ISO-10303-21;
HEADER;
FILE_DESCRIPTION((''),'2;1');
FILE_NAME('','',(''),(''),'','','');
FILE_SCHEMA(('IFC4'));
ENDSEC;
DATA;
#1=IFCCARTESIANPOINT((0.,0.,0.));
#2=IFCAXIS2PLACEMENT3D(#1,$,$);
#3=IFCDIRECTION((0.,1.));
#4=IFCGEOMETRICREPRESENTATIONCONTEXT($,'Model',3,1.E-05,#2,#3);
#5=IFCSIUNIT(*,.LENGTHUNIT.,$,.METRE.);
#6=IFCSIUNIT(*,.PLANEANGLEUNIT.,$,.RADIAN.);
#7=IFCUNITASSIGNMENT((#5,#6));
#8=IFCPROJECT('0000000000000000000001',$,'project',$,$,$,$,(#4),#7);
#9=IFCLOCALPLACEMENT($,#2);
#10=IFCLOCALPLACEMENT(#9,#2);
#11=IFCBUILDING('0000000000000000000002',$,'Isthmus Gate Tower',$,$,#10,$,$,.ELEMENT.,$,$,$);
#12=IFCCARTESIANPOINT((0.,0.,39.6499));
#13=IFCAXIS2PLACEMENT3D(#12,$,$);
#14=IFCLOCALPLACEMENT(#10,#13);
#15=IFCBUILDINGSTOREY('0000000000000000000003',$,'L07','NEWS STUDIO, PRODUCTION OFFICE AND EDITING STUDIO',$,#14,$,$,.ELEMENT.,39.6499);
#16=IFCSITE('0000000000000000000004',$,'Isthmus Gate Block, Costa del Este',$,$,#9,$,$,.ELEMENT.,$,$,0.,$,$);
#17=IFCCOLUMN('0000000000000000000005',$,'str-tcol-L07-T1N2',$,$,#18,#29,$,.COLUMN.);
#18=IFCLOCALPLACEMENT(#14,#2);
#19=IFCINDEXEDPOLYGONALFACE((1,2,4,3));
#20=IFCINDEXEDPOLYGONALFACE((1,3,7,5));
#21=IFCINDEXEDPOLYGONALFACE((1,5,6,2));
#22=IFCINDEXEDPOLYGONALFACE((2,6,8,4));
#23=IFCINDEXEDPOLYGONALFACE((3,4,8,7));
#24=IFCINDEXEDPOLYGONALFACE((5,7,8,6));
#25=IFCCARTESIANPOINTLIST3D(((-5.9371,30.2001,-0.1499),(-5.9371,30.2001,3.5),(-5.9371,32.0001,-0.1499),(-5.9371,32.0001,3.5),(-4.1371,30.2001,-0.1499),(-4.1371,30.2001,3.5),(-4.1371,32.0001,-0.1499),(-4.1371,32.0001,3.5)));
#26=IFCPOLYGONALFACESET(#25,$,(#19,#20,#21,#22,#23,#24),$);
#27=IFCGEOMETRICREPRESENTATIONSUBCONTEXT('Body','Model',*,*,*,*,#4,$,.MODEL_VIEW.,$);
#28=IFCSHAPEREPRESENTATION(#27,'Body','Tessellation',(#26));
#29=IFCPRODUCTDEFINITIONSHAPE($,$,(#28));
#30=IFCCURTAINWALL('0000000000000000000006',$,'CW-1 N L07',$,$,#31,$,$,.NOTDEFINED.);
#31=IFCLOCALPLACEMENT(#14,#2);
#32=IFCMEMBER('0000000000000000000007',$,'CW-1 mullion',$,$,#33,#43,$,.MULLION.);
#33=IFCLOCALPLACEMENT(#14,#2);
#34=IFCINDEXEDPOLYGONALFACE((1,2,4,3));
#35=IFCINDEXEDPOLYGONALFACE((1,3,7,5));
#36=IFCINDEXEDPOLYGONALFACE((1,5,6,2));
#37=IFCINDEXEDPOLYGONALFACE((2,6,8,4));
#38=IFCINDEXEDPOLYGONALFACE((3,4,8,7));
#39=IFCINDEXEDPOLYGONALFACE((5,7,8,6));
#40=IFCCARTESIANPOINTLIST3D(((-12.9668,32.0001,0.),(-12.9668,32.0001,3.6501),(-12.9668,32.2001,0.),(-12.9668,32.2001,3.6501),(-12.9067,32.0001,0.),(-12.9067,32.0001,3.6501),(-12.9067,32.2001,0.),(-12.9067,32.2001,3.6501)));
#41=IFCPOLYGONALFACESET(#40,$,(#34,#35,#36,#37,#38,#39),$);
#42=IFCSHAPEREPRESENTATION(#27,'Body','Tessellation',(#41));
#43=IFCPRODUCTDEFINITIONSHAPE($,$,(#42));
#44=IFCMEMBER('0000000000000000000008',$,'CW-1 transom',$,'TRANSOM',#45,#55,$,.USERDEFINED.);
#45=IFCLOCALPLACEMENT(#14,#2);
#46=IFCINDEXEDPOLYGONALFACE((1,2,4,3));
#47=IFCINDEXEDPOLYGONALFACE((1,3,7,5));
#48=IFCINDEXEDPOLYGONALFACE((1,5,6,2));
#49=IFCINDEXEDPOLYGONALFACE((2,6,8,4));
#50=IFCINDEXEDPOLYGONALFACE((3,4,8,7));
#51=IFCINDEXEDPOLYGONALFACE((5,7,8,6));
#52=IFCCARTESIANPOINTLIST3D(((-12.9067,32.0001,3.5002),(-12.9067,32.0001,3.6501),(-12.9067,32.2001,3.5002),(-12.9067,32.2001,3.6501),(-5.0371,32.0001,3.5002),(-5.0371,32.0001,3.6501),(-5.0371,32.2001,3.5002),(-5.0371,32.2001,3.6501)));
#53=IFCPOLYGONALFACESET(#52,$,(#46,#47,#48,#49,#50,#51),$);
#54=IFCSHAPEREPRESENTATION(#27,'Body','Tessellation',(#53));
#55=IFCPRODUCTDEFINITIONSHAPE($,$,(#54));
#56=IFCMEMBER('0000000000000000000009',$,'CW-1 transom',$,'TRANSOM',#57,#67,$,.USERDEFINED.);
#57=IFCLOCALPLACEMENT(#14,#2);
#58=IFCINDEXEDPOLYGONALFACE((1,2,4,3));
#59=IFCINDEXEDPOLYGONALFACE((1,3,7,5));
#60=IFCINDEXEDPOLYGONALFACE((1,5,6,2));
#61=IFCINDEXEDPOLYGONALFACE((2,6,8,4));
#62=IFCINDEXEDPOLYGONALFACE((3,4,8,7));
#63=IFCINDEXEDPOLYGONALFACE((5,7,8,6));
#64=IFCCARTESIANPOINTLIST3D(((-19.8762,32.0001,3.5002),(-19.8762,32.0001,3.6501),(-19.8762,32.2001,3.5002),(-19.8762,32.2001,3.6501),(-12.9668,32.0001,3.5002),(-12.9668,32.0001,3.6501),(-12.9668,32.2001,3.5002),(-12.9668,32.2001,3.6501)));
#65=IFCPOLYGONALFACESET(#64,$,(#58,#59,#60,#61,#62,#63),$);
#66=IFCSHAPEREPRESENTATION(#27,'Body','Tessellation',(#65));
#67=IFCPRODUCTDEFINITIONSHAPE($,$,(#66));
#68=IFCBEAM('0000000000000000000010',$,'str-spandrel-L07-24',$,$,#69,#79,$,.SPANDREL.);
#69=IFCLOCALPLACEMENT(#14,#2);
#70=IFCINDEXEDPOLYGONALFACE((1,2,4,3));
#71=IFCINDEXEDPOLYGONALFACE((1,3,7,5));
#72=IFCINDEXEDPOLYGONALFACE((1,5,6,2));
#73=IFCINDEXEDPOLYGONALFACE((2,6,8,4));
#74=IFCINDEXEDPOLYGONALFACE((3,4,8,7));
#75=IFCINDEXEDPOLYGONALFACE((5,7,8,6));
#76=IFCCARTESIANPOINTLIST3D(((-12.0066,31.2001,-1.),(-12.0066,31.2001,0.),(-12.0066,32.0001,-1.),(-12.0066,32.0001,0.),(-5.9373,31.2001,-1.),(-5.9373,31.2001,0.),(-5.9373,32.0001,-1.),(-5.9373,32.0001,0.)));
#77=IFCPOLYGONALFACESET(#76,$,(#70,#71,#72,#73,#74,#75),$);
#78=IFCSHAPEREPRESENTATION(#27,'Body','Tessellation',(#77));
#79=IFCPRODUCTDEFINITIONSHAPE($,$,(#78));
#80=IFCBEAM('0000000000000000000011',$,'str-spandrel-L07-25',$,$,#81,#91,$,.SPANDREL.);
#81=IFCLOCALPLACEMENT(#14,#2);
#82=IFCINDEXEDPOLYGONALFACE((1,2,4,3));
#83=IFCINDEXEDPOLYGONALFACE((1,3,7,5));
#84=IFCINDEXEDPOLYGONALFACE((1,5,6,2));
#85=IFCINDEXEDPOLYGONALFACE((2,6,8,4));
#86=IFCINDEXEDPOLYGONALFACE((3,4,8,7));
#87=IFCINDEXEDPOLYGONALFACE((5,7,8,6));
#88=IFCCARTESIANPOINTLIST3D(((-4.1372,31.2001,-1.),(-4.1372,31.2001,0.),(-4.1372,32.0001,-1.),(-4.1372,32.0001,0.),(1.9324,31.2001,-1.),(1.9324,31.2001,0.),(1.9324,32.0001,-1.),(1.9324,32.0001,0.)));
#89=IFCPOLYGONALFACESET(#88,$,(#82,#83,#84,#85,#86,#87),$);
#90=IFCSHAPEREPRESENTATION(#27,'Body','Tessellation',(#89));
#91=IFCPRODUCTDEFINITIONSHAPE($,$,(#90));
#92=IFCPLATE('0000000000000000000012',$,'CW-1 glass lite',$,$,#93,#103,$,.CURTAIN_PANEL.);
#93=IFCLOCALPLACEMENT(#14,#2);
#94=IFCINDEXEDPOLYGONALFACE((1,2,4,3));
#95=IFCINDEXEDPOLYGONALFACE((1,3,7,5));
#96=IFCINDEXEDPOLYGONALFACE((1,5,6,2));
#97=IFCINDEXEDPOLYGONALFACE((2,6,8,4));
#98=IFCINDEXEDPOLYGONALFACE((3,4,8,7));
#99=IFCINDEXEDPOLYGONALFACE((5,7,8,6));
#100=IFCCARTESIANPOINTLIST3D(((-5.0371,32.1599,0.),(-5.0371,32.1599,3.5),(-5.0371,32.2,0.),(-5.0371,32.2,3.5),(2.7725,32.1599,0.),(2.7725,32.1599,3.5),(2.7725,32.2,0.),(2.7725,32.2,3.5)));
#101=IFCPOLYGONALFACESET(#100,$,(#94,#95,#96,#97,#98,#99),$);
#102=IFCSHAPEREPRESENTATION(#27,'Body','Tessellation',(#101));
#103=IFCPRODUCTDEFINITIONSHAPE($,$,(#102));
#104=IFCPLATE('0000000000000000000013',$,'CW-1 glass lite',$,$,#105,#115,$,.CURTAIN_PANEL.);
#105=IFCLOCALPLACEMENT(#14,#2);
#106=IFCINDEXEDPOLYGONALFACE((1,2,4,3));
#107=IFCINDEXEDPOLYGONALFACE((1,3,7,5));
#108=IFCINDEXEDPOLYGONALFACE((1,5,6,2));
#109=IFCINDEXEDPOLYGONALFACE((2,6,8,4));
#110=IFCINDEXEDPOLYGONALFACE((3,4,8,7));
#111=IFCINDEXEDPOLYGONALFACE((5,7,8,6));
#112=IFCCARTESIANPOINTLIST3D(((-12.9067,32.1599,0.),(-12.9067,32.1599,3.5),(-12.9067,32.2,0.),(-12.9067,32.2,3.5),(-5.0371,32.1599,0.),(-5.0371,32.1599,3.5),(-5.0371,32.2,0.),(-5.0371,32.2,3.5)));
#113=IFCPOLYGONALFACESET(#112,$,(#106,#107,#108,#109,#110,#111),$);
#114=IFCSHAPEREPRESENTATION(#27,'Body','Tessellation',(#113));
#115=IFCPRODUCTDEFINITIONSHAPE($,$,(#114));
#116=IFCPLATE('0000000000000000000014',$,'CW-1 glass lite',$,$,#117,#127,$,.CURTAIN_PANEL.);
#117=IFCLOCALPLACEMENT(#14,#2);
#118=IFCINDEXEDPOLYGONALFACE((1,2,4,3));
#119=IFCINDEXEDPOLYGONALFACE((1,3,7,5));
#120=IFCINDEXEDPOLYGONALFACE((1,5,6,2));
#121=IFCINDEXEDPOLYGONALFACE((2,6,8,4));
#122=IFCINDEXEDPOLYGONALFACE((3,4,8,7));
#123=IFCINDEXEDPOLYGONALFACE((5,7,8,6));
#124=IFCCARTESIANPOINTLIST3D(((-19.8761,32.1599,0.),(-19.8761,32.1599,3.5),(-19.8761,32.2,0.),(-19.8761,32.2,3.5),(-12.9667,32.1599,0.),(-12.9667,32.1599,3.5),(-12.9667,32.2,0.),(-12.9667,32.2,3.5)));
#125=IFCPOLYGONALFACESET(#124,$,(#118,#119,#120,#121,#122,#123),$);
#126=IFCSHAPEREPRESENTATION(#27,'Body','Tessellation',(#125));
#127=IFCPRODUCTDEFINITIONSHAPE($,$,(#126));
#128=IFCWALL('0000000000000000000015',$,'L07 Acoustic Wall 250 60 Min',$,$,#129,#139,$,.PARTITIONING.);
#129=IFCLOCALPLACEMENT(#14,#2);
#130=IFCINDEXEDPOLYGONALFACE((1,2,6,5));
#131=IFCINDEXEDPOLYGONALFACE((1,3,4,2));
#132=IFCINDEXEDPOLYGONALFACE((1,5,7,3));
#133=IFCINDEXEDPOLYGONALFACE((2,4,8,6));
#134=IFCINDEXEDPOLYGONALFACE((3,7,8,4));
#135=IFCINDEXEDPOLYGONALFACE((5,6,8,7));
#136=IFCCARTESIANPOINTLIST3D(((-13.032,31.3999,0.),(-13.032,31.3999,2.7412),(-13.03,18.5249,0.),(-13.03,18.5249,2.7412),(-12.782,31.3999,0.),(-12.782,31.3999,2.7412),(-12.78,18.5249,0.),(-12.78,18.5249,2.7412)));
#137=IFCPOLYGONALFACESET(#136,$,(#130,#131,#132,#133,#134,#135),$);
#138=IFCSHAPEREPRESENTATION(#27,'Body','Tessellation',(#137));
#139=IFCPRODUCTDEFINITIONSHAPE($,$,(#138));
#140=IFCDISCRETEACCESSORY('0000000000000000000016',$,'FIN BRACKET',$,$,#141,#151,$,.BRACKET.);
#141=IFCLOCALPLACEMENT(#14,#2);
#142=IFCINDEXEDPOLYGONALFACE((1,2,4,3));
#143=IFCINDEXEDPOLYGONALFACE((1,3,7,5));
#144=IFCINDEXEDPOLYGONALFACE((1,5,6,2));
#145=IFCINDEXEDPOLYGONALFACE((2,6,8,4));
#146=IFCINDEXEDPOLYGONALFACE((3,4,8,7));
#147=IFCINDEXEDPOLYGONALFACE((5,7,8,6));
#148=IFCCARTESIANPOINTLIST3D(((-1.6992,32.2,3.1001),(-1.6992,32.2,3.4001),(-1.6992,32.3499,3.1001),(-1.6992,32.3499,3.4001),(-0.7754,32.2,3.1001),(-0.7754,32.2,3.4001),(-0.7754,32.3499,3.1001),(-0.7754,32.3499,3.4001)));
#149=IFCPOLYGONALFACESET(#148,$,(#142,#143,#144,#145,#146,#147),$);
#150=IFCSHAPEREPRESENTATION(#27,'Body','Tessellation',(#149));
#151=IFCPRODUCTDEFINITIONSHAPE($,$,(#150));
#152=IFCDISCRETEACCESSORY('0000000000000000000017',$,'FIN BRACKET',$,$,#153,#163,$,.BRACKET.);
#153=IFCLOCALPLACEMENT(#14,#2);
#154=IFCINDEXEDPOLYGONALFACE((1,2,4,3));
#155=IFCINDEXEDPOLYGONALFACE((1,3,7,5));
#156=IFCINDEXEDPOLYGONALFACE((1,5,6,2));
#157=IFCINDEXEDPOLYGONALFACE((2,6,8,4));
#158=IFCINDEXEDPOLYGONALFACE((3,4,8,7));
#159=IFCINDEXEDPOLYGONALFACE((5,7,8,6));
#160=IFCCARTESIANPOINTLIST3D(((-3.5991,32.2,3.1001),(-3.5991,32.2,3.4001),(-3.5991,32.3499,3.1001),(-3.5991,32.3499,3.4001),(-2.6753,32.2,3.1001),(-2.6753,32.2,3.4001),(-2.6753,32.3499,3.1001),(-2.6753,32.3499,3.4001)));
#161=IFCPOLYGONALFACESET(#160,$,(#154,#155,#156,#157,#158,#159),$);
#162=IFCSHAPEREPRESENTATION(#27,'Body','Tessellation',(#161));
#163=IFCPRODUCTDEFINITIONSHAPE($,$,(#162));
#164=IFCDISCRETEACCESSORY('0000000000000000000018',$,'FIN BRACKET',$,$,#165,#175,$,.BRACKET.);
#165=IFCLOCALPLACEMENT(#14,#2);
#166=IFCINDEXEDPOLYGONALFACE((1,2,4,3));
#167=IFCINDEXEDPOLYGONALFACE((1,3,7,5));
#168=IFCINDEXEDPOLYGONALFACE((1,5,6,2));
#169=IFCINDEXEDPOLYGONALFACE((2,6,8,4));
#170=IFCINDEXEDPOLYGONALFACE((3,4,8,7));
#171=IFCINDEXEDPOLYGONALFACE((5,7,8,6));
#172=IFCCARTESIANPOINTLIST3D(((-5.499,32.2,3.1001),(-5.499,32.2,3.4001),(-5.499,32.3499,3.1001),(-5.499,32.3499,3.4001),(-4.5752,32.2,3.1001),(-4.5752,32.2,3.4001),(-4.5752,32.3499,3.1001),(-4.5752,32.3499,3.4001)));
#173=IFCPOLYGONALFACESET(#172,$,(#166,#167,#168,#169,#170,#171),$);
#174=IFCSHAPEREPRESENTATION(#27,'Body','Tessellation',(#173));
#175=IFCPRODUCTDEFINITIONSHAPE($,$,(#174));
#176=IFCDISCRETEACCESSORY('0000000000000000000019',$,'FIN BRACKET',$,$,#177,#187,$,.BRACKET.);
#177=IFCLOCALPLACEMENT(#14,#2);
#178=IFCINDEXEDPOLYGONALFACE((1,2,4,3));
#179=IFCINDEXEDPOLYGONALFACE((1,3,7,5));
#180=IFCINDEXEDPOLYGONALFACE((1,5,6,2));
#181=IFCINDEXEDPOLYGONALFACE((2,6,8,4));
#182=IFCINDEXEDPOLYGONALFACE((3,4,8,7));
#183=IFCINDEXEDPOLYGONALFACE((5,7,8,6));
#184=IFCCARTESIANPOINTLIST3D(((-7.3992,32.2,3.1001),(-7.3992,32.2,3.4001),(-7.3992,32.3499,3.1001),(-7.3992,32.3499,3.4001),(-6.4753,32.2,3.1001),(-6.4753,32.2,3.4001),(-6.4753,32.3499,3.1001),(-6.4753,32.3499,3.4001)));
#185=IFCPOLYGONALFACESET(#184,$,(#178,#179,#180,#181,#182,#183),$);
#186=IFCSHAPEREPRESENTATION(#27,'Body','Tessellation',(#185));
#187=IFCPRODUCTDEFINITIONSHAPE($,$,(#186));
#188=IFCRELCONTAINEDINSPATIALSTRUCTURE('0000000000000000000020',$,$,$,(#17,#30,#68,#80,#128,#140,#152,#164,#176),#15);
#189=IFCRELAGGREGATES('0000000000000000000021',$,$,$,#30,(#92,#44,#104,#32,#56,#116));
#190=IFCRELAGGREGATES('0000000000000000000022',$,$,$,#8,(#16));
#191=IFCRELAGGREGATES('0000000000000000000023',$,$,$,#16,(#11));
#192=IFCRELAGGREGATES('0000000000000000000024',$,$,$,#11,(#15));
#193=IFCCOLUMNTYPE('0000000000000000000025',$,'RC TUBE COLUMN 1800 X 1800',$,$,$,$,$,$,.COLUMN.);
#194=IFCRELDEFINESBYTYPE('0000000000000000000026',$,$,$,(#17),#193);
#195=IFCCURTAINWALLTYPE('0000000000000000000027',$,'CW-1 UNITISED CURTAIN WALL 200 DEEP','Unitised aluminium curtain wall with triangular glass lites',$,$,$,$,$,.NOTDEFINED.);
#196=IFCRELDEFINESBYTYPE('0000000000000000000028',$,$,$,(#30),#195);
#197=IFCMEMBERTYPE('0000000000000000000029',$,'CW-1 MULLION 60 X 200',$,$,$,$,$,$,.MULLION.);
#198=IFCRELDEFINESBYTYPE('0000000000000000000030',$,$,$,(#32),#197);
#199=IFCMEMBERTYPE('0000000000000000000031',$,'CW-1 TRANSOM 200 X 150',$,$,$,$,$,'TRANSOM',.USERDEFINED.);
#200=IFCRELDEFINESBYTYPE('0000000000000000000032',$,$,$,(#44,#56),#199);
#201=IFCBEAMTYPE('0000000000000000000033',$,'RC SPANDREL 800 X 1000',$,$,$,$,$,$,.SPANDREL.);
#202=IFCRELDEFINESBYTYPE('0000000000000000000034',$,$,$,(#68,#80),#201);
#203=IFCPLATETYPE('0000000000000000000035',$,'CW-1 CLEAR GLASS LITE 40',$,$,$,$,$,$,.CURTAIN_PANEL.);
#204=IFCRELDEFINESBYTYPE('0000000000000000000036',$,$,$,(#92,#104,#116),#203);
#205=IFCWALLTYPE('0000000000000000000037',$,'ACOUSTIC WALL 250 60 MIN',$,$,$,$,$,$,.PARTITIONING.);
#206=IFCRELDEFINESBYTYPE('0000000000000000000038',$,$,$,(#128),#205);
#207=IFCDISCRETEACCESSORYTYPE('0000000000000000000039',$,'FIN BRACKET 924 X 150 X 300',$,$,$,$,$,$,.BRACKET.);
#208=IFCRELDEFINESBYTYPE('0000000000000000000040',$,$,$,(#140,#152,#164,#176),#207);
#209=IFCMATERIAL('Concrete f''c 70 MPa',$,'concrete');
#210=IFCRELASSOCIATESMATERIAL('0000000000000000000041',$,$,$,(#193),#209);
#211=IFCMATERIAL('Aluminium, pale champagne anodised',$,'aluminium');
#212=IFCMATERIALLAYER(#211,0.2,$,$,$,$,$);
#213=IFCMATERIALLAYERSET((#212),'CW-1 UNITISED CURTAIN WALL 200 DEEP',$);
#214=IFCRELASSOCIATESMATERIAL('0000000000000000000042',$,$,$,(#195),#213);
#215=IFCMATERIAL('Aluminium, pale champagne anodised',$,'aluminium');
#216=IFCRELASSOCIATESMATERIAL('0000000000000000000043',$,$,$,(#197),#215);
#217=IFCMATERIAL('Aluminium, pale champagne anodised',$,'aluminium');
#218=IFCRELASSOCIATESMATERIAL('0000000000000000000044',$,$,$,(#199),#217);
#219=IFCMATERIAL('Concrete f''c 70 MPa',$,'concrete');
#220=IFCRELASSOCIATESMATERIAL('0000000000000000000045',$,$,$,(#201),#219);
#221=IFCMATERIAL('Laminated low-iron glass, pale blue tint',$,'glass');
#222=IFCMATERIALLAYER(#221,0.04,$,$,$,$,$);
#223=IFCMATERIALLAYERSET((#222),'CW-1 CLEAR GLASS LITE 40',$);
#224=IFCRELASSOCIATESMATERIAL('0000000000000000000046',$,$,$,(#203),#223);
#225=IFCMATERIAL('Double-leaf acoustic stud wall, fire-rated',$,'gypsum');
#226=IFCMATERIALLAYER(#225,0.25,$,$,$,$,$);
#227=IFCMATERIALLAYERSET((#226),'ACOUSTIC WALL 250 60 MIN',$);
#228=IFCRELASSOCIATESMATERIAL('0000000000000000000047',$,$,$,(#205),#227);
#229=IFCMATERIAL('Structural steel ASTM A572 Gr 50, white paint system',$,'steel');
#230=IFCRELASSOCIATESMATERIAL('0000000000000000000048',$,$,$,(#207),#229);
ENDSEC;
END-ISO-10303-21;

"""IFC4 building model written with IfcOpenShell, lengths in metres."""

from ifc_helpers import new_model, si_unit, direction, frame, frame_2d, origin, origin_2d, place, context, subcontext, project, spatial, rectangle, extrude, material, layer, layer_set, material_profile, profile_set, type_object, element, aggregate, save


model = new_model("IFC4")

# Units and contexts
model_context = context("Model", 3, precision=1e-05, world=origin(), true_north=direction((0.0, 1.0)))
body_context = subcontext(model_context, "Body", "Model", "MODEL_VIEW")
ifc_project = project(units=[si_unit("LENGTHUNIT", "METRE"), si_unit("PLANEANGLEUNIT", "RADIAN")], contexts=[model_context])

# Site, building, storey
site_placement = place(None, origin())
site = spatial("IfcSite", under=ifc_project, at=site_placement, Name="Isthmus Gate Block, Costa del Este", CompositionType="ELEMENT", RefElevation=0.0)
building_placement = place(site_placement, origin())
building = spatial("IfcBuilding", under=site, at=building_placement, Name="Isthmus Gate Tower", CompositionType="ELEMENT")
storey_placement = place(building_placement, frame((0.0, 0.0, 39.6499)))
storey = spatial("IfcBuildingStorey", under=building, at=storey_placement, Name="L07", Description="NEWS STUDIO, PRODUCTION OFFICE AND EDITING STUDIO", CompositionType="ELEMENT", Elevation=39.6499)

# Column
ifc_material_1 = material(Name="Concrete f'c 70 MPa", Category="concrete")
ifc_material_profile_1 = material_profile(ifc_material_1, rectangle(XDim=1.8, YDim=1.8, at=origin_2d()), Name="RC 1800X1800")
ifc_profile_set_1 = profile_set([ifc_material_profile_1], Name="Concrete f'c 70 MPa")
column_type = type_object("IfcColumnType", Name="RC TUBE COLUMN 1800 X 1800", PredefinedType="COLUMN", material=ifc_profile_set_1)
column_placement = place(storey_placement, frame((-5.0371, 31.1001, -0.1499), z_axis=(0.0, 0.0, 1.0), x_axis=(-1.0, 0.0, 0.0)))
element("IfcColumn", 1, at=column_placement, inside=storey, type_object=column_type, Name="str-tcol-L07-T1N2", PredefinedType="COLUMN", context=body_context, shape_type="SweptSolid", body=[
    extrude(rectangle(XDim=1.8, YDim=1.8, at=origin_2d()), origin(), (0.0, 0.0, 1.0), 3.6499),
])

# Curtain wall, members
ifc_material_2 = material(Name="Aluminium, pale champagne anodised", Category="aluminium")
ifc_layer_1 = layer(ifc_material_2, 0.2)
ifc_layer_set_1 = layer_set([ifc_layer_1], Name="CW-1 UNITISED CURTAIN WALL 200 DEEP")
curtain_wall_type = type_object("IfcCurtainWallType", Name="CW-1 UNITISED CURTAIN WALL 200 DEEP", Description="Unitised aluminium curtain wall with triangular glass lites", PredefinedType="NOTDEFINED", material=ifc_layer_set_1)
curtain_wall_placement = place(storey_placement, origin())
curtain_wall = element("IfcCurtainWall", 2, at=curtain_wall_placement, inside=storey, type_object=curtain_wall_type, Name="CW-1 N L07", PredefinedType="NOTDEFINED")
ifc_material_3 = material(Name="Aluminium, pale champagne anodised", Category="aluminium")
ifc_material_profile_2 = material_profile(ifc_material_3, rectangle(XDim=0.0601, YDim=0.2, at=origin_2d()), Name="60x200")
ifc_profile_set_2 = profile_set([ifc_material_profile_2], Name="Aluminium, pale champagne anodised")
member_type_1 = type_object("IfcMemberType", Name="CW-1 MULLION 60 X 200", PredefinedType="MULLION", material=ifc_profile_set_2)
member_1_placement = place(storey_placement, frame((-12.9368, 32.1001, 0.0), z_axis=(0.0, 0.0, 1.0), x_axis=(-1.0, 0.0, 0.0)))
member_1 = element("IfcMember", 3, at=member_1_placement, type_object=member_type_1, Name="CW-1 mullion", PredefinedType="MULLION", context=body_context, shape_type="SweptSolid", body=[
    extrude(rectangle(XDim=0.0601, YDim=0.2, at=origin_2d()), origin(), (0.0, 0.0, 1.0), 3.6501),
])
ifc_material_4 = material(Name="Aluminium, pale champagne anodised", Category="aluminium")
ifc_material_profile_3 = material_profile(ifc_material_4, rectangle(XDim=0.2, YDim=0.1499, at=origin_2d()), Name="200x150")
ifc_profile_set_3 = profile_set([ifc_material_profile_3], Name="Aluminium, pale champagne anodised")
member_type_2 = type_object("IfcMemberType", Name="CW-1 TRANSOM 200 X 150", ElementType="TRANSOM", PredefinedType="USERDEFINED", material=ifc_profile_set_3)
member_2_placement = place(storey_placement, frame((-5.0371, 32.1001, 3.5752), z_axis=(-1.0, 0.0, 0.0), x_axis=(0.0, -1.0, 0.0)))
member_2 = element("IfcMember", 4, at=member_2_placement, type_object=member_type_2, Name="CW-1 transom", ObjectType="TRANSOM", PredefinedType="USERDEFINED", context=body_context, shape_type="SweptSolid", body=[
    extrude(rectangle(XDim=0.2, YDim=0.1499, at=origin_2d()), origin(), (0.0, 0.0, 1.0), 7.8696),
])
member_3_placement = place(storey_placement, frame((-12.9668, 32.1001, 3.5752), z_axis=(-1.0, 0.0, 0.0), x_axis=(0.0, -1.0, 0.0)))
member_3 = element("IfcMember", 5, at=member_3_placement, type_object=member_type_2, Name="CW-1 transom", ObjectType="TRANSOM", PredefinedType="USERDEFINED", context=body_context, shape_type="SweptSolid", body=[
    extrude(rectangle(XDim=0.2, YDim=0.1499, at=origin_2d()), origin(), (0.0, 0.0, 1.0), 6.9094),
])

# Beams
ifc_material_5 = material(Name="Concrete f'c 70 MPa", Category="concrete")
ifc_material_profile_4 = material_profile(ifc_material_5, rectangle(XDim=0.8, YDim=1.0, at=origin_2d()), Name="RC 800X1000")
ifc_profile_set_4 = profile_set([ifc_material_profile_4], Name="Concrete f'c 70 MPa")
beam_type = type_object("IfcBeamType", Name="RC SPANDREL 800 X 1000", PredefinedType="SPANDREL", material=ifc_profile_set_4)
beam_1_placement = place(storey_placement, frame((-12.0066, 31.6001, -0.5), z_axis=(1.0, 0.0, 0.0), x_axis=(0.0, 1.0, 0.0)))
element("IfcBeam", 6, at=beam_1_placement, inside=storey, type_object=beam_type, Name="str-spandrel-L07-24", PredefinedType="SPANDREL", context=body_context, shape_type="SweptSolid", body=[
    extrude(rectangle(XDim=0.8, YDim=1.0, at=origin_2d()), origin(), (0.0, 0.0, 1.0), 6.0693),
])
beam_2_placement = place(storey_placement, frame((-4.1372, 31.6001, -0.5), z_axis=(1.0, 0.0, 0.0), x_axis=(0.0, 1.0, 0.0)))
element("IfcBeam", 7, at=beam_2_placement, inside=storey, type_object=beam_type, Name="str-spandrel-L07-25", PredefinedType="SPANDREL", context=body_context, shape_type="SweptSolid", body=[
    extrude(rectangle(XDim=0.8, YDim=1.0, at=origin_2d()), origin(), (0.0, 0.0, 1.0), 6.0696),
])

# Plates
ifc_material_6 = material(Name="Laminated low-iron glass, pale blue tint", Category="glass")
ifc_layer_2 = layer(ifc_material_6, 0.04)
ifc_layer_set_2 = layer_set([ifc_layer_2], Name="CW-1 CLEAR GLASS LITE 40")
plate_type = type_object("IfcPlateType", Name="CW-1 CLEAR GLASS LITE 40", PredefinedType="CURTAIN_PANEL", material=ifc_layer_set_2)
plate_1_placement = place(storey_placement, frame((-1.1323, 32.1799, 0.0), z_axis=(0.0, 0.0, 1.0), x_axis=(-1.0, 0.0, 0.0)))
plate_1 = element("IfcPlate", 8, at=plate_1_placement, type_object=plate_type, Name="CW-1 glass lite", PredefinedType="CURTAIN_PANEL", context=body_context, shape_type="SweptSolid", body=[
    extrude(rectangle(XDim=7.8096, YDim=0.04, at=origin_2d()), origin(), (0.0, 0.0, 1.0), 3.5),
])
plate_2_placement = place(storey_placement, frame((-8.9719, 32.1799, 0.0), z_axis=(0.0, 0.0, 1.0), x_axis=(-1.0, 0.0, 0.0)))
plate_2 = element("IfcPlate", 9, at=plate_2_placement, type_object=plate_type, Name="CW-1 glass lite", PredefinedType="CURTAIN_PANEL", context=body_context, shape_type="SweptSolid", body=[
    extrude(rectangle(XDim=7.8696, YDim=0.04, at=origin_2d()), origin(), (0.0, 0.0, 1.0), 3.5),
])
plate_3_placement = place(storey_placement, frame((-16.4214, 32.1799, 0.0), z_axis=(0.0, 0.0, 1.0), x_axis=(-1.0, 0.0, 0.0)))
plate_3 = element("IfcPlate", 10, at=plate_3_placement, type_object=plate_type, Name="CW-1 glass lite", PredefinedType="CURTAIN_PANEL", context=body_context, shape_type="SweptSolid", body=[
    extrude(rectangle(XDim=6.9094, YDim=0.04, at=origin_2d()), origin(), (0.0, 0.0, 1.0), 3.5),
])
aggregate(curtain_wall, [plate_1, member_2, plate_2, member_1, member_3, plate_3])

# Wall
ifc_material_7 = material(Name="Double-leaf acoustic stud wall, fire-rated", Category="gypsum")
ifc_layer_3 = layer(ifc_material_7, 0.25)
ifc_layer_set_3 = layer_set([ifc_layer_3], Name="ACOUSTIC WALL 250 60 MIN")
wall_type = type_object("IfcWallType", Name="ACOUSTIC WALL 250 60 MIN", PredefinedType="PARTITIONING", material=ifc_layer_set_3)
wall_placement = place(storey_placement, frame((-12.907, 31.3999, 0.0), z_axis=(0.0, 0.0, 1.0), x_axis=(0.000152, -1.0, 0.0)))
element("IfcWall", 11, at=wall_placement, inside=storey, type_object=wall_type, Name="L07 Acoustic Wall 250 60 Min", PredefinedType="PARTITIONING", context=body_context, shape_type="SweptSolid", body=[
    extrude(rectangle(XDim=12.875, YDim=0.25, at=frame_2d((6.4375, 0.0))), origin(), (0.0, 0.0, 1.0), 2.7412),
])

# Discrete accessories
ifc_material_8 = material(Name="Structural steel ASTM A572 Gr 50, white paint system", Category="steel")
discrete_accessory_type = type_object("IfcDiscreteAccessoryType", Name="FIN BRACKET 924 X 150 X 300", PredefinedType="BRACKET", material=ifc_material_8)
for number, where, z_axis, x_axis, name in (
    (12, (-1.2373, 32.2749, 3.1001), (0.0, 0.0, 1.0), (0.0, 1.0, 0.0), "FIN BRACKET"),
    (13, (-3.1372, 32.2749, 3.1001), (0.0, 0.0, 1.0), (0.0, 1.0, 0.0), "FIN BRACKET"),
    (14, (-5.0371, 32.2749, 3.1001), (0.0, 0.0, 1.0), (0.0, 1.0, 0.0), "FIN BRACKET"),
    (15, (-6.9373, 32.2749, 3.1001), (0.0, 0.0, 1.0), (0.0, 1.0, 0.0), "FIN BRACKET"),
):
    element("IfcDiscreteAccessory", number, at=place(storey_placement, frame(where, z_axis=z_axis, x_axis=x_axis)), inside=storey, type_object=discrete_accessory_type, Name=name, PredefinedType="BRACKET", context=body_context, shape_type="SweptSolid", body=[
        extrude(rectangle(XDim=0.1499, YDim=0.9238, at=origin_2d()), origin(), (0.0, 0.0, 1.0), 0.3),
    ])

save(model, "model.ifc")
